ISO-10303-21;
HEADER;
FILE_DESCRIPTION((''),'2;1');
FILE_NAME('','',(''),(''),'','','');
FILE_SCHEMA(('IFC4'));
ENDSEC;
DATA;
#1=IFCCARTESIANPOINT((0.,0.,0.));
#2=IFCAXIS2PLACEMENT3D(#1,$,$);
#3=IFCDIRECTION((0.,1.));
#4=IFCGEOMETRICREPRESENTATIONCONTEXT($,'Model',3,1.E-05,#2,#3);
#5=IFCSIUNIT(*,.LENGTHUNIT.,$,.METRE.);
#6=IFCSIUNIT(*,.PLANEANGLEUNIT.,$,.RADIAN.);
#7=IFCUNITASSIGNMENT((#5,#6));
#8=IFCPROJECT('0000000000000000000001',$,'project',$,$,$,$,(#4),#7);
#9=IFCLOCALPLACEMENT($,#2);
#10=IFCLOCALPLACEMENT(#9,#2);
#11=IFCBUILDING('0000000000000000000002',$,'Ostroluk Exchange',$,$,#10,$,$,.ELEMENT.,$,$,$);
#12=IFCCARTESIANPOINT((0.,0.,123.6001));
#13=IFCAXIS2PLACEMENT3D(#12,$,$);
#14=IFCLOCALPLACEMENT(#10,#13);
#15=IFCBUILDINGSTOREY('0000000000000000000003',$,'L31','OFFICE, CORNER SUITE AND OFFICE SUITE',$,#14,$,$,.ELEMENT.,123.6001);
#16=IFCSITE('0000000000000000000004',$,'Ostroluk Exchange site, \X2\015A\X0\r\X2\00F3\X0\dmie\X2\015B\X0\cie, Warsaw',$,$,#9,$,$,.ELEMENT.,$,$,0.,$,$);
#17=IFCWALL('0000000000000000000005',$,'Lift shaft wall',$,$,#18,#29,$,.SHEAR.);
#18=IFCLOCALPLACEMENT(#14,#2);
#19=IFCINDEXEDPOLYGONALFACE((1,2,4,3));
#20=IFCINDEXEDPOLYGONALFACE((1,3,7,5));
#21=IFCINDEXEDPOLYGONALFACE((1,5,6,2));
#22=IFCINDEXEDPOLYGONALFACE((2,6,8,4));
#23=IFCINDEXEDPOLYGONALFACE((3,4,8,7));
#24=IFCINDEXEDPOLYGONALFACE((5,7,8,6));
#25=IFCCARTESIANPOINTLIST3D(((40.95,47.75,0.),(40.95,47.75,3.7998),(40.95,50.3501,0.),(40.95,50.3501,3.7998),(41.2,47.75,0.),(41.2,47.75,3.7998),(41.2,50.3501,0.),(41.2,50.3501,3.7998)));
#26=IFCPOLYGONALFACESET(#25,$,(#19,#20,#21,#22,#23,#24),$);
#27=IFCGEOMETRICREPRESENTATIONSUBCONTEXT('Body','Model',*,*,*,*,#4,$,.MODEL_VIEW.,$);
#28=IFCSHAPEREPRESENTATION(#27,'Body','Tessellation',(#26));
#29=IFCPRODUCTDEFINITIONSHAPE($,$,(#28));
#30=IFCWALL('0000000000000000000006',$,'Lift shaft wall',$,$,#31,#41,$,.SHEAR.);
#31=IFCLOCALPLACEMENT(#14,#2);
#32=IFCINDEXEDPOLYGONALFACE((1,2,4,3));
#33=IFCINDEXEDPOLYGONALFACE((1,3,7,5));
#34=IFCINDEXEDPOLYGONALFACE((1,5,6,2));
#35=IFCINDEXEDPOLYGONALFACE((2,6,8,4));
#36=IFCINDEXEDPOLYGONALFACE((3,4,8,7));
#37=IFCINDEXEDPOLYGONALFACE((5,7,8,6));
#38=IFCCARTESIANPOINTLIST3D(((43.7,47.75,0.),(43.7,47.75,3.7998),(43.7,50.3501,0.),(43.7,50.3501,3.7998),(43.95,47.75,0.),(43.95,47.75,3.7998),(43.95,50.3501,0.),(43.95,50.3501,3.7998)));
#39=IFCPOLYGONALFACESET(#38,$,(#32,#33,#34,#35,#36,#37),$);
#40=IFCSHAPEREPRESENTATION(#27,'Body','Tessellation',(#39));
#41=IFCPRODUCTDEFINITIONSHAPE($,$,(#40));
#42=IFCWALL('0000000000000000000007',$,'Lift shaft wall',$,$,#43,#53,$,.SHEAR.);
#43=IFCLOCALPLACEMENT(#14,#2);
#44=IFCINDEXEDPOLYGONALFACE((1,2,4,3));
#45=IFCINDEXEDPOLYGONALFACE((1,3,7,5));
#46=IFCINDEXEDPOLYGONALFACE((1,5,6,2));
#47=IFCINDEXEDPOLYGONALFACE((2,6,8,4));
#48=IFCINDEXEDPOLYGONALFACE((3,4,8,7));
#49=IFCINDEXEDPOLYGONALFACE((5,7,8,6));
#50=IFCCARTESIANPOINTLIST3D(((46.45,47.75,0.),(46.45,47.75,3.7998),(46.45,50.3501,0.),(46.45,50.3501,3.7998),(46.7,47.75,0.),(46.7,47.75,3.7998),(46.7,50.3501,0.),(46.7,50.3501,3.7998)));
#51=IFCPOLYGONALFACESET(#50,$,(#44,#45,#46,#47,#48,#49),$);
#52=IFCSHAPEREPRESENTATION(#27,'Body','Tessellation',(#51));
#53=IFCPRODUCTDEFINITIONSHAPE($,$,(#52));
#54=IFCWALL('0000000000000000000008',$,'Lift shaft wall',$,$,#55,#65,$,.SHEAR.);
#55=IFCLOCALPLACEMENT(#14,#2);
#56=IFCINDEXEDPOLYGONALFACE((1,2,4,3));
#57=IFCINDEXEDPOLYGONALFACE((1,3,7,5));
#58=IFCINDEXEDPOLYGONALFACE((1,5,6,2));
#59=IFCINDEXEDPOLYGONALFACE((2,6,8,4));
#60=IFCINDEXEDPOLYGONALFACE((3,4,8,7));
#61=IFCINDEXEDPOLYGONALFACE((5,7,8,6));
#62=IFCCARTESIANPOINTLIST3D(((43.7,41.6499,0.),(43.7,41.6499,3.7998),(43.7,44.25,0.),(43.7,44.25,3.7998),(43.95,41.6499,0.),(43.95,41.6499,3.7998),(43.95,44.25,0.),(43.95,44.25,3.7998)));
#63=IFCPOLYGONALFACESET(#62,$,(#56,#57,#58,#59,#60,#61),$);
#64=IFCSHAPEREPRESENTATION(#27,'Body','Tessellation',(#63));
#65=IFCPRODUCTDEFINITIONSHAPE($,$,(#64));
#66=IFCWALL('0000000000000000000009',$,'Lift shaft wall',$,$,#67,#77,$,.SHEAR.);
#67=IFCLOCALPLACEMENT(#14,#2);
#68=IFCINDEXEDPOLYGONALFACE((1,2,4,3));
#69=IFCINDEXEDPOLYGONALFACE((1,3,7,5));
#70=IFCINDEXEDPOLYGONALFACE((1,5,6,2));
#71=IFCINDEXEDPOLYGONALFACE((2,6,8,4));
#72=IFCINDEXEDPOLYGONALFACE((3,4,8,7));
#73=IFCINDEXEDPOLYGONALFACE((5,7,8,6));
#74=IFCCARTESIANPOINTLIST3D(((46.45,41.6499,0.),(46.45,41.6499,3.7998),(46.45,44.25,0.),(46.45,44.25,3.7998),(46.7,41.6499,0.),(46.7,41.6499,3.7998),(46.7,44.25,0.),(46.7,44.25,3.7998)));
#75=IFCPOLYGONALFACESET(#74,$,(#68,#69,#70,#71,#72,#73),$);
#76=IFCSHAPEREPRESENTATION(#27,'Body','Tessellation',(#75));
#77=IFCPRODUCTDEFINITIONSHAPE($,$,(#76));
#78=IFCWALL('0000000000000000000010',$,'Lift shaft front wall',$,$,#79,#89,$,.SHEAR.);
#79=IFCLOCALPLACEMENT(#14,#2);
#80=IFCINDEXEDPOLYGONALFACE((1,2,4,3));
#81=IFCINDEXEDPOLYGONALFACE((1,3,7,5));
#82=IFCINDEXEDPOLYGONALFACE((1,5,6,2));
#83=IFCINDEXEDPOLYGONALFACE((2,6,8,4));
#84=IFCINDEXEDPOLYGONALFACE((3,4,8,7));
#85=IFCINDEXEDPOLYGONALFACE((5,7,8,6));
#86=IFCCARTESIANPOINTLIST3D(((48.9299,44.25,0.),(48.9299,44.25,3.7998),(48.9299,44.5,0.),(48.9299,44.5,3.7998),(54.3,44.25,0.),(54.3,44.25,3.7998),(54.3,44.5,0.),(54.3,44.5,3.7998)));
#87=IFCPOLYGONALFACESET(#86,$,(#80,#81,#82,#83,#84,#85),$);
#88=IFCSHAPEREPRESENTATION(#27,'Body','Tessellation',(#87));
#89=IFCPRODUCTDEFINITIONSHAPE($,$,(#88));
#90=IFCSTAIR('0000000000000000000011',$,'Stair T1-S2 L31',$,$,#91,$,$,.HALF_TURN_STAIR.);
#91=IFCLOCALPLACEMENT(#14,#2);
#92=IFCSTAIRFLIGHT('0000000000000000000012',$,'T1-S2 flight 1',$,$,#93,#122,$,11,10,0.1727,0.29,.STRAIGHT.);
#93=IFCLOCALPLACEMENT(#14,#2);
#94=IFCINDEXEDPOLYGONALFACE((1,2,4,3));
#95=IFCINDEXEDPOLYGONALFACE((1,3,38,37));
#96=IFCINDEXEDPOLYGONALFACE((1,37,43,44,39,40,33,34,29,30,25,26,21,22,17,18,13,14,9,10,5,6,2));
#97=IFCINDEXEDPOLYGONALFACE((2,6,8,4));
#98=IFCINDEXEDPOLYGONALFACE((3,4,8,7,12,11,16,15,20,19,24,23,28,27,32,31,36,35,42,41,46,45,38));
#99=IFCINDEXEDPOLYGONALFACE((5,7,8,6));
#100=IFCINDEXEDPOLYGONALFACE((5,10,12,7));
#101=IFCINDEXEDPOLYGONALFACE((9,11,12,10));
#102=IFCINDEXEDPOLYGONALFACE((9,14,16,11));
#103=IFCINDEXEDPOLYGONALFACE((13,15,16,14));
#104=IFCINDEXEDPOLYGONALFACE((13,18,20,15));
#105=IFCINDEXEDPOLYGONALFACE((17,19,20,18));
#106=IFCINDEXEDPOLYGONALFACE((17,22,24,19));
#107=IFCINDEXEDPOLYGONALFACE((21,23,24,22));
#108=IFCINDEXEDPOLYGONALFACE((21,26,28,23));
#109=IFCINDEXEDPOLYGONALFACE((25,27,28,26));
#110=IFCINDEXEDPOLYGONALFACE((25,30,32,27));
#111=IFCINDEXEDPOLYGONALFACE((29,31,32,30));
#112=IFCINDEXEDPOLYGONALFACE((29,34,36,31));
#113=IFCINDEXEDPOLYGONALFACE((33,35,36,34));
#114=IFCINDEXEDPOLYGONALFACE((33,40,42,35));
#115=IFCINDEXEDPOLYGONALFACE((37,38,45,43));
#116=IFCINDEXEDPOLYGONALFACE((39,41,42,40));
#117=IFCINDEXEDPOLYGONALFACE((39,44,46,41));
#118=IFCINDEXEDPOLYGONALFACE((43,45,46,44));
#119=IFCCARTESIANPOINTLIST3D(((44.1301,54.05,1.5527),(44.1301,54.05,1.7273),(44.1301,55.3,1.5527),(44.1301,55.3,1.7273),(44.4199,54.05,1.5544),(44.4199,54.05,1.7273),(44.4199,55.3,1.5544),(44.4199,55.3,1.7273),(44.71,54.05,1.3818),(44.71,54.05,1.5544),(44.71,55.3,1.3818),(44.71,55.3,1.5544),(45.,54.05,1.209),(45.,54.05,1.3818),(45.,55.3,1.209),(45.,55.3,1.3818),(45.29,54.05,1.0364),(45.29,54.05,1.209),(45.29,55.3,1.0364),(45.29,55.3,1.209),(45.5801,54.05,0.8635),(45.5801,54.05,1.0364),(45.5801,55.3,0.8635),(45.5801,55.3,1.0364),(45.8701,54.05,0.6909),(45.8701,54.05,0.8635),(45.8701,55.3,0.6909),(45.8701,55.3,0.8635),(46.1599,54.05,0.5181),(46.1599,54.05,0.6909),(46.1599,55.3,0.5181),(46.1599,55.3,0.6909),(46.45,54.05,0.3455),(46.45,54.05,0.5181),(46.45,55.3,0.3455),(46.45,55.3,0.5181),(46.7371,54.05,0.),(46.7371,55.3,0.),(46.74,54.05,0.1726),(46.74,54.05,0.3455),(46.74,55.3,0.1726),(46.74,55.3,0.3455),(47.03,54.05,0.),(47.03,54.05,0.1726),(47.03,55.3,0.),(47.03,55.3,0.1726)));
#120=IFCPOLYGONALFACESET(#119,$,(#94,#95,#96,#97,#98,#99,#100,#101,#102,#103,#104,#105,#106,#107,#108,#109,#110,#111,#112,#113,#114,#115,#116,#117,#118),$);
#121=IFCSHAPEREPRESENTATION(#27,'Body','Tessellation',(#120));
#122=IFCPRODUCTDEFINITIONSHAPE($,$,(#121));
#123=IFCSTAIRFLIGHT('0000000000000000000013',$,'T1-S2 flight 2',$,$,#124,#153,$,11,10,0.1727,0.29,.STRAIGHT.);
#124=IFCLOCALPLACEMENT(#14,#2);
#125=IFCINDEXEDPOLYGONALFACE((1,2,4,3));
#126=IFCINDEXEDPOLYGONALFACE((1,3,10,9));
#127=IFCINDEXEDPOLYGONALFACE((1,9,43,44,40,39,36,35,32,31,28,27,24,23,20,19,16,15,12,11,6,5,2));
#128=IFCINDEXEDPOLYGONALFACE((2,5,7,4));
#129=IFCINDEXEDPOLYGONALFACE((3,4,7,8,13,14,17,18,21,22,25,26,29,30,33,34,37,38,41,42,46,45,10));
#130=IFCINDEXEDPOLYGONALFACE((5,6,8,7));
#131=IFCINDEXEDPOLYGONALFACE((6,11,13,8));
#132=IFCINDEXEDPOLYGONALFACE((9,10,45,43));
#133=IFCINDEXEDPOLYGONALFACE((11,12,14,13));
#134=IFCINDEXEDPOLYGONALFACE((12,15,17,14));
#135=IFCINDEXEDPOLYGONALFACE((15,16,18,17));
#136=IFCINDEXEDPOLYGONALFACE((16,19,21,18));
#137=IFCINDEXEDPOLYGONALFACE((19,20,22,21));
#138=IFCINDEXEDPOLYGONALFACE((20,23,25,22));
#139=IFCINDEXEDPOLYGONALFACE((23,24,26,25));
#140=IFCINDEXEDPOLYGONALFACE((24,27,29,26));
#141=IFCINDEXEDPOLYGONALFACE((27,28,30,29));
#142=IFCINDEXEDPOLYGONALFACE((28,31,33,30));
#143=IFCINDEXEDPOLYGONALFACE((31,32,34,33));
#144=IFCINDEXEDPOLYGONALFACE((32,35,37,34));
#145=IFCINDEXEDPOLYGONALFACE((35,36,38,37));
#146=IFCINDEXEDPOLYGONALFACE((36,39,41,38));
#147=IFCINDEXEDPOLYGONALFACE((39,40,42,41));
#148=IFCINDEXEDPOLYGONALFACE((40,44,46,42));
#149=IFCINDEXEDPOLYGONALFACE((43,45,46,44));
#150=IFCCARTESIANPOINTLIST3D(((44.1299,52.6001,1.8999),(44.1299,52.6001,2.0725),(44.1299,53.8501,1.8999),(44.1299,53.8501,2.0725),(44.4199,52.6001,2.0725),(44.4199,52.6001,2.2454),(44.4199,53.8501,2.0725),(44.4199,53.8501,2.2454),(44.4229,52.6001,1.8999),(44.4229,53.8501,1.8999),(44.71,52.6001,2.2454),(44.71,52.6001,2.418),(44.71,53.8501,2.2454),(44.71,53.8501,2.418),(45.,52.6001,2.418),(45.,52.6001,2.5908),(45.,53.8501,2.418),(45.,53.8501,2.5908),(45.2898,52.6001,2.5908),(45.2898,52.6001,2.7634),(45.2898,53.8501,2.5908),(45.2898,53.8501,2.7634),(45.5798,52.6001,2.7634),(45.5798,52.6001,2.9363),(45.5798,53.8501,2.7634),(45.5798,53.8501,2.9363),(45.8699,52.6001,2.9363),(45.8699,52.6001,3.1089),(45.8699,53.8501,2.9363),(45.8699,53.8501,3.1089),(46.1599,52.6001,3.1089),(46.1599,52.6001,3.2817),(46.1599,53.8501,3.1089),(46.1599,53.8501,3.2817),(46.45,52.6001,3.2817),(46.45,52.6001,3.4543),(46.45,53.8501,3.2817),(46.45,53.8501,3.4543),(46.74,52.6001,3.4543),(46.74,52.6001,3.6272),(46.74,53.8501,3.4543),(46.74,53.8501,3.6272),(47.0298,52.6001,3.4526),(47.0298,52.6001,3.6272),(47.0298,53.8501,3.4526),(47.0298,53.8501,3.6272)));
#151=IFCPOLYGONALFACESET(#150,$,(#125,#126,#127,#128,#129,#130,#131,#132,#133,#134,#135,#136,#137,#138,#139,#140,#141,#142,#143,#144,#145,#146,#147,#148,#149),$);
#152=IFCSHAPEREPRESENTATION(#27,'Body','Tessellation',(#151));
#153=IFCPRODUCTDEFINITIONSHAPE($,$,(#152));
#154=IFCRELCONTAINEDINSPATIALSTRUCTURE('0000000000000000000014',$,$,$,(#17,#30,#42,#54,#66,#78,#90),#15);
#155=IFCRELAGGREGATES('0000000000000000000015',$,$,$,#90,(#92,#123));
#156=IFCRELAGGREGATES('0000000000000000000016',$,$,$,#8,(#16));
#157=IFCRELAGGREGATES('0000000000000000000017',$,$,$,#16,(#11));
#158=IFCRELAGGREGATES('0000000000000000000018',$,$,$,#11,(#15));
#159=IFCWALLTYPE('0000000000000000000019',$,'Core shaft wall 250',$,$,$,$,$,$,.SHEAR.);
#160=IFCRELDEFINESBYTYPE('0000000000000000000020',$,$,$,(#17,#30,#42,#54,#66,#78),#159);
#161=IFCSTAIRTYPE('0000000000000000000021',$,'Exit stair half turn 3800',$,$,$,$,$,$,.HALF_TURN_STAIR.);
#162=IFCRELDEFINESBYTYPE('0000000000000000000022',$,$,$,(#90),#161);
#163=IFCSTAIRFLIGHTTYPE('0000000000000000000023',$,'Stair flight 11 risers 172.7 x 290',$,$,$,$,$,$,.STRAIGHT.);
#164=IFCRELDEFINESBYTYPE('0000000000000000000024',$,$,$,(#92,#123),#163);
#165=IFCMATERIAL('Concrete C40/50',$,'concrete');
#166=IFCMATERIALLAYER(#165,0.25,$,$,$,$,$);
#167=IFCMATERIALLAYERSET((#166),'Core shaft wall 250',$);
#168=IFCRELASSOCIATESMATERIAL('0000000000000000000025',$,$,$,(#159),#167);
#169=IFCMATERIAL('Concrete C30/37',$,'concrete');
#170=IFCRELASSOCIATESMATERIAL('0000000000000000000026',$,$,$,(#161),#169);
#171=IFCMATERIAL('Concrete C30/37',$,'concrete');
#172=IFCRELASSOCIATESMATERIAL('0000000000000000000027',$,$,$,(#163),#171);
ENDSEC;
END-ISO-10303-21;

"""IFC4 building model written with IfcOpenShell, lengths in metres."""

from ifc_helpers import new_model, si_unit, direction, frame, frame_2d, origin, place, context, subcontext, project, spatial, polyline, rectangle, outline, extrude, material, layer, layer_set, type_object, element, aggregate, save


model = new_model("IFC4")

# Units and contexts
model_context = context("Model", 3, precision=1e-05, world=origin(), true_north=direction((0.0, 1.0)))
body_context = subcontext(model_context, "Body", "Model", "MODEL_VIEW")
ifc_project = project(units=[si_unit("LENGTHUNIT", "METRE"), si_unit("PLANEANGLEUNIT", "RADIAN")], contexts=[model_context])

# Site, building, storey
site_placement = place(None, origin())
site = spatial("IfcSite", under=ifc_project, at=site_placement, Name="Ostroluk Exchange site, Śródmieście, Warsaw", CompositionType="ELEMENT", RefElevation=0.0)
building_placement = place(site_placement, origin())
building = spatial("IfcBuilding", under=site, at=building_placement, Name="Ostroluk Exchange", CompositionType="ELEMENT")
storey_placement = place(building_placement, frame((0.0, 0.0, 123.6001)))
storey = spatial("IfcBuildingStorey", under=building, at=storey_placement, Name="L31", Description="OFFICE, CORNER SUITE AND OFFICE SUITE", CompositionType="ELEMENT", Elevation=123.6001)

# Walls
ifc_material_1 = material(Name="Concrete C40/50", Category="concrete")
ifc_layer_1 = layer(ifc_material_1, 0.25)
ifc_layer_set_1 = layer_set([ifc_layer_1], Name="Core shaft wall 250")
wall_type_1 = type_object("IfcWallType", Name="Core shaft wall 250", PredefinedType="SHEAR", material=ifc_layer_set_1)
for number, where, z_axis, x_axis, name in (
    (1, (41.075, 47.75, 0.0), (0.0, 0.0, 1.0), (0.0, 1.0, 0.0), "Lift shaft wall"),
    (2, (43.825, 47.75, 0.0), (0.0, 0.0, 1.0), (0.0, 1.0, 0.0), "Lift shaft wall"),
    (3, (46.575, 47.75, 0.0), (0.0, 0.0, 1.0), (0.0, 1.0, 0.0), "Lift shaft wall"),
    (4, (43.825, 44.25, 0.0), (0.0, 0.0, 1.0), (0.0, -1.0, 0.0), "Lift shaft wall"),
    (5, (46.575, 44.25, 0.0), (0.0, 0.0, 1.0), (0.0, -1.0, 0.0), "Lift shaft wall"),
):
    element("IfcWall", number, at=place(storey_placement, frame(where, z_axis=z_axis, x_axis=x_axis)), inside=storey, type_object=wall_type_1, Name=name, PredefinedType="SHEAR", context=body_context, shape_type="SweptSolid", body=[
        extrude(rectangle(XDim=2.6001, YDim=0.25, at=frame_2d((1.3, 0.0))), origin(), (0.0, 0.0, 1.0), 3.7998),
    ])
wall_1_placement = place(storey_placement, frame((48.9299, 44.375, 0.0), z_axis=(0.0, 0.0, 1.0), x_axis=(1.0, 0.0, 0.0)))
element("IfcWall", 6, at=wall_1_placement, inside=storey, type_object=wall_type_1, Name="Lift shaft front wall", PredefinedType="SHEAR", context=body_context, shape_type="SweptSolid", body=[
    extrude(rectangle(XDim=5.3701, YDim=0.25, at=frame_2d((2.6851, 0.0))), origin(), (0.0, 0.0, 1.0), 3.7998),
])

# Stair, stair flights
ifc_material_2 = material(Name="Concrete C30/37", Category="concrete")
stair_type = type_object("IfcStairType", Name="Exit stair half turn 3800", PredefinedType="HALF_TURN_STAIR", material=ifc_material_2)
stair_placement = place(storey_placement, origin())
stair = element("IfcStair", 7, at=stair_placement, inside=storey, type_object=stair_type, Name="Stair T1-S2 L31", PredefinedType="HALF_TURN_STAIR")
ifc_material_3 = material(Name="Concrete C30/37", Category="concrete")
stair_flight_type = type_object("IfcStairFlightType", Name="Stair flight 11 risers 172.7 x 290", PredefinedType="STRAIGHT", material=ifc_material_3)
stair_flight_1_placement = place(storey_placement, frame((47.03, 54.675, 0.0), z_axis=(0.0, 0.0, 1.0), x_axis=(-1.0, 0.0, 0.0)))
stair_flight_1 = element("IfcStairFlight", 8, at=stair_flight_1_placement, type_object=stair_flight_type, Name="T1-S2 flight 1", NumberOfRisers=11, NumberOfTreads=10, PredefinedType="STRAIGHT", RiserHeight=0.1727, TreadLength=0.29, context=body_context, shape_type="SweptSolid", body=[
    extrude(outline(polyline([(0.0, 0.0), (0.0, 0.1726), (0.29, 0.1726), (0.29, 0.3455), (0.5801, 0.3455), (0.5801, 0.5181), (0.8701, 0.5181), (0.8701, 0.6909), (1.1599, 0.6909), (1.1599, 0.8635), (1.45, 0.8635), (1.45, 1.0364), (1.74, 1.0364), (1.74, 1.209), (2.03, 1.209), (2.03, 1.3818), (2.3201, 1.3818), (2.3201, 1.5544), (2.6101, 1.5544), (2.6101, 1.7273), (2.8999, 1.7273), (2.8999, 1.8999), (2.8999, 1.5527), (0.293, 0.0), (0.0, 0.0)])), frame((0.0, 0.625, 0.0), z_axis=(0.0, -1.0, 0.0), x_axis=(1.0, 0.0, 0.0)), (0.0, 0.0, 1.0), 1.25),
])
stair_flight_2_placement = place(storey_placement, frame((44.1299, 53.2251, 1.8999), z_axis=(0.0, 0.0, 1.0), x_axis=(1.0, 0.0, 0.0)))
stair_flight_2 = element("IfcStairFlight", 9, at=stair_flight_2_placement, type_object=stair_flight_type, Name="T1-S2 flight 2", NumberOfRisers=11, NumberOfTreads=10, PredefinedType="STRAIGHT", RiserHeight=0.1727, TreadLength=0.29, context=body_context, shape_type="SweptSolid", body=[
    extrude(outline(polyline([(0.0, 0.0), (0.0, 0.1726), (0.29, 0.1726), (0.29, 0.3455), (0.5801, 0.3455), (0.5801, 0.5181), (0.8701, 0.5181), (0.8701, 0.6909), (1.1599, 0.6909), (1.1599, 0.8635), (1.45, 0.8635), (1.45, 1.0364), (1.74, 1.0364), (1.74, 1.209), (2.03, 1.209), (2.03, 1.3818), (2.3201, 1.3818), (2.3201, 1.5544), (2.6101, 1.5544), (2.6101, 1.7273), (2.8999, 1.7273), (2.8999, 1.8999), (2.8999, 1.5527), (0.293, 0.0), (0.0, 0.0)])), frame((0.0, 0.625, 0.0), z_axis=(0.0, -1.0, 0.0), x_axis=(1.0, 0.0, 0.0)), (0.0, 0.0, 1.0), 1.25),
])
aggregate(stair, [stair_flight_1, stair_flight_2])

save(model, "model.ifc")
